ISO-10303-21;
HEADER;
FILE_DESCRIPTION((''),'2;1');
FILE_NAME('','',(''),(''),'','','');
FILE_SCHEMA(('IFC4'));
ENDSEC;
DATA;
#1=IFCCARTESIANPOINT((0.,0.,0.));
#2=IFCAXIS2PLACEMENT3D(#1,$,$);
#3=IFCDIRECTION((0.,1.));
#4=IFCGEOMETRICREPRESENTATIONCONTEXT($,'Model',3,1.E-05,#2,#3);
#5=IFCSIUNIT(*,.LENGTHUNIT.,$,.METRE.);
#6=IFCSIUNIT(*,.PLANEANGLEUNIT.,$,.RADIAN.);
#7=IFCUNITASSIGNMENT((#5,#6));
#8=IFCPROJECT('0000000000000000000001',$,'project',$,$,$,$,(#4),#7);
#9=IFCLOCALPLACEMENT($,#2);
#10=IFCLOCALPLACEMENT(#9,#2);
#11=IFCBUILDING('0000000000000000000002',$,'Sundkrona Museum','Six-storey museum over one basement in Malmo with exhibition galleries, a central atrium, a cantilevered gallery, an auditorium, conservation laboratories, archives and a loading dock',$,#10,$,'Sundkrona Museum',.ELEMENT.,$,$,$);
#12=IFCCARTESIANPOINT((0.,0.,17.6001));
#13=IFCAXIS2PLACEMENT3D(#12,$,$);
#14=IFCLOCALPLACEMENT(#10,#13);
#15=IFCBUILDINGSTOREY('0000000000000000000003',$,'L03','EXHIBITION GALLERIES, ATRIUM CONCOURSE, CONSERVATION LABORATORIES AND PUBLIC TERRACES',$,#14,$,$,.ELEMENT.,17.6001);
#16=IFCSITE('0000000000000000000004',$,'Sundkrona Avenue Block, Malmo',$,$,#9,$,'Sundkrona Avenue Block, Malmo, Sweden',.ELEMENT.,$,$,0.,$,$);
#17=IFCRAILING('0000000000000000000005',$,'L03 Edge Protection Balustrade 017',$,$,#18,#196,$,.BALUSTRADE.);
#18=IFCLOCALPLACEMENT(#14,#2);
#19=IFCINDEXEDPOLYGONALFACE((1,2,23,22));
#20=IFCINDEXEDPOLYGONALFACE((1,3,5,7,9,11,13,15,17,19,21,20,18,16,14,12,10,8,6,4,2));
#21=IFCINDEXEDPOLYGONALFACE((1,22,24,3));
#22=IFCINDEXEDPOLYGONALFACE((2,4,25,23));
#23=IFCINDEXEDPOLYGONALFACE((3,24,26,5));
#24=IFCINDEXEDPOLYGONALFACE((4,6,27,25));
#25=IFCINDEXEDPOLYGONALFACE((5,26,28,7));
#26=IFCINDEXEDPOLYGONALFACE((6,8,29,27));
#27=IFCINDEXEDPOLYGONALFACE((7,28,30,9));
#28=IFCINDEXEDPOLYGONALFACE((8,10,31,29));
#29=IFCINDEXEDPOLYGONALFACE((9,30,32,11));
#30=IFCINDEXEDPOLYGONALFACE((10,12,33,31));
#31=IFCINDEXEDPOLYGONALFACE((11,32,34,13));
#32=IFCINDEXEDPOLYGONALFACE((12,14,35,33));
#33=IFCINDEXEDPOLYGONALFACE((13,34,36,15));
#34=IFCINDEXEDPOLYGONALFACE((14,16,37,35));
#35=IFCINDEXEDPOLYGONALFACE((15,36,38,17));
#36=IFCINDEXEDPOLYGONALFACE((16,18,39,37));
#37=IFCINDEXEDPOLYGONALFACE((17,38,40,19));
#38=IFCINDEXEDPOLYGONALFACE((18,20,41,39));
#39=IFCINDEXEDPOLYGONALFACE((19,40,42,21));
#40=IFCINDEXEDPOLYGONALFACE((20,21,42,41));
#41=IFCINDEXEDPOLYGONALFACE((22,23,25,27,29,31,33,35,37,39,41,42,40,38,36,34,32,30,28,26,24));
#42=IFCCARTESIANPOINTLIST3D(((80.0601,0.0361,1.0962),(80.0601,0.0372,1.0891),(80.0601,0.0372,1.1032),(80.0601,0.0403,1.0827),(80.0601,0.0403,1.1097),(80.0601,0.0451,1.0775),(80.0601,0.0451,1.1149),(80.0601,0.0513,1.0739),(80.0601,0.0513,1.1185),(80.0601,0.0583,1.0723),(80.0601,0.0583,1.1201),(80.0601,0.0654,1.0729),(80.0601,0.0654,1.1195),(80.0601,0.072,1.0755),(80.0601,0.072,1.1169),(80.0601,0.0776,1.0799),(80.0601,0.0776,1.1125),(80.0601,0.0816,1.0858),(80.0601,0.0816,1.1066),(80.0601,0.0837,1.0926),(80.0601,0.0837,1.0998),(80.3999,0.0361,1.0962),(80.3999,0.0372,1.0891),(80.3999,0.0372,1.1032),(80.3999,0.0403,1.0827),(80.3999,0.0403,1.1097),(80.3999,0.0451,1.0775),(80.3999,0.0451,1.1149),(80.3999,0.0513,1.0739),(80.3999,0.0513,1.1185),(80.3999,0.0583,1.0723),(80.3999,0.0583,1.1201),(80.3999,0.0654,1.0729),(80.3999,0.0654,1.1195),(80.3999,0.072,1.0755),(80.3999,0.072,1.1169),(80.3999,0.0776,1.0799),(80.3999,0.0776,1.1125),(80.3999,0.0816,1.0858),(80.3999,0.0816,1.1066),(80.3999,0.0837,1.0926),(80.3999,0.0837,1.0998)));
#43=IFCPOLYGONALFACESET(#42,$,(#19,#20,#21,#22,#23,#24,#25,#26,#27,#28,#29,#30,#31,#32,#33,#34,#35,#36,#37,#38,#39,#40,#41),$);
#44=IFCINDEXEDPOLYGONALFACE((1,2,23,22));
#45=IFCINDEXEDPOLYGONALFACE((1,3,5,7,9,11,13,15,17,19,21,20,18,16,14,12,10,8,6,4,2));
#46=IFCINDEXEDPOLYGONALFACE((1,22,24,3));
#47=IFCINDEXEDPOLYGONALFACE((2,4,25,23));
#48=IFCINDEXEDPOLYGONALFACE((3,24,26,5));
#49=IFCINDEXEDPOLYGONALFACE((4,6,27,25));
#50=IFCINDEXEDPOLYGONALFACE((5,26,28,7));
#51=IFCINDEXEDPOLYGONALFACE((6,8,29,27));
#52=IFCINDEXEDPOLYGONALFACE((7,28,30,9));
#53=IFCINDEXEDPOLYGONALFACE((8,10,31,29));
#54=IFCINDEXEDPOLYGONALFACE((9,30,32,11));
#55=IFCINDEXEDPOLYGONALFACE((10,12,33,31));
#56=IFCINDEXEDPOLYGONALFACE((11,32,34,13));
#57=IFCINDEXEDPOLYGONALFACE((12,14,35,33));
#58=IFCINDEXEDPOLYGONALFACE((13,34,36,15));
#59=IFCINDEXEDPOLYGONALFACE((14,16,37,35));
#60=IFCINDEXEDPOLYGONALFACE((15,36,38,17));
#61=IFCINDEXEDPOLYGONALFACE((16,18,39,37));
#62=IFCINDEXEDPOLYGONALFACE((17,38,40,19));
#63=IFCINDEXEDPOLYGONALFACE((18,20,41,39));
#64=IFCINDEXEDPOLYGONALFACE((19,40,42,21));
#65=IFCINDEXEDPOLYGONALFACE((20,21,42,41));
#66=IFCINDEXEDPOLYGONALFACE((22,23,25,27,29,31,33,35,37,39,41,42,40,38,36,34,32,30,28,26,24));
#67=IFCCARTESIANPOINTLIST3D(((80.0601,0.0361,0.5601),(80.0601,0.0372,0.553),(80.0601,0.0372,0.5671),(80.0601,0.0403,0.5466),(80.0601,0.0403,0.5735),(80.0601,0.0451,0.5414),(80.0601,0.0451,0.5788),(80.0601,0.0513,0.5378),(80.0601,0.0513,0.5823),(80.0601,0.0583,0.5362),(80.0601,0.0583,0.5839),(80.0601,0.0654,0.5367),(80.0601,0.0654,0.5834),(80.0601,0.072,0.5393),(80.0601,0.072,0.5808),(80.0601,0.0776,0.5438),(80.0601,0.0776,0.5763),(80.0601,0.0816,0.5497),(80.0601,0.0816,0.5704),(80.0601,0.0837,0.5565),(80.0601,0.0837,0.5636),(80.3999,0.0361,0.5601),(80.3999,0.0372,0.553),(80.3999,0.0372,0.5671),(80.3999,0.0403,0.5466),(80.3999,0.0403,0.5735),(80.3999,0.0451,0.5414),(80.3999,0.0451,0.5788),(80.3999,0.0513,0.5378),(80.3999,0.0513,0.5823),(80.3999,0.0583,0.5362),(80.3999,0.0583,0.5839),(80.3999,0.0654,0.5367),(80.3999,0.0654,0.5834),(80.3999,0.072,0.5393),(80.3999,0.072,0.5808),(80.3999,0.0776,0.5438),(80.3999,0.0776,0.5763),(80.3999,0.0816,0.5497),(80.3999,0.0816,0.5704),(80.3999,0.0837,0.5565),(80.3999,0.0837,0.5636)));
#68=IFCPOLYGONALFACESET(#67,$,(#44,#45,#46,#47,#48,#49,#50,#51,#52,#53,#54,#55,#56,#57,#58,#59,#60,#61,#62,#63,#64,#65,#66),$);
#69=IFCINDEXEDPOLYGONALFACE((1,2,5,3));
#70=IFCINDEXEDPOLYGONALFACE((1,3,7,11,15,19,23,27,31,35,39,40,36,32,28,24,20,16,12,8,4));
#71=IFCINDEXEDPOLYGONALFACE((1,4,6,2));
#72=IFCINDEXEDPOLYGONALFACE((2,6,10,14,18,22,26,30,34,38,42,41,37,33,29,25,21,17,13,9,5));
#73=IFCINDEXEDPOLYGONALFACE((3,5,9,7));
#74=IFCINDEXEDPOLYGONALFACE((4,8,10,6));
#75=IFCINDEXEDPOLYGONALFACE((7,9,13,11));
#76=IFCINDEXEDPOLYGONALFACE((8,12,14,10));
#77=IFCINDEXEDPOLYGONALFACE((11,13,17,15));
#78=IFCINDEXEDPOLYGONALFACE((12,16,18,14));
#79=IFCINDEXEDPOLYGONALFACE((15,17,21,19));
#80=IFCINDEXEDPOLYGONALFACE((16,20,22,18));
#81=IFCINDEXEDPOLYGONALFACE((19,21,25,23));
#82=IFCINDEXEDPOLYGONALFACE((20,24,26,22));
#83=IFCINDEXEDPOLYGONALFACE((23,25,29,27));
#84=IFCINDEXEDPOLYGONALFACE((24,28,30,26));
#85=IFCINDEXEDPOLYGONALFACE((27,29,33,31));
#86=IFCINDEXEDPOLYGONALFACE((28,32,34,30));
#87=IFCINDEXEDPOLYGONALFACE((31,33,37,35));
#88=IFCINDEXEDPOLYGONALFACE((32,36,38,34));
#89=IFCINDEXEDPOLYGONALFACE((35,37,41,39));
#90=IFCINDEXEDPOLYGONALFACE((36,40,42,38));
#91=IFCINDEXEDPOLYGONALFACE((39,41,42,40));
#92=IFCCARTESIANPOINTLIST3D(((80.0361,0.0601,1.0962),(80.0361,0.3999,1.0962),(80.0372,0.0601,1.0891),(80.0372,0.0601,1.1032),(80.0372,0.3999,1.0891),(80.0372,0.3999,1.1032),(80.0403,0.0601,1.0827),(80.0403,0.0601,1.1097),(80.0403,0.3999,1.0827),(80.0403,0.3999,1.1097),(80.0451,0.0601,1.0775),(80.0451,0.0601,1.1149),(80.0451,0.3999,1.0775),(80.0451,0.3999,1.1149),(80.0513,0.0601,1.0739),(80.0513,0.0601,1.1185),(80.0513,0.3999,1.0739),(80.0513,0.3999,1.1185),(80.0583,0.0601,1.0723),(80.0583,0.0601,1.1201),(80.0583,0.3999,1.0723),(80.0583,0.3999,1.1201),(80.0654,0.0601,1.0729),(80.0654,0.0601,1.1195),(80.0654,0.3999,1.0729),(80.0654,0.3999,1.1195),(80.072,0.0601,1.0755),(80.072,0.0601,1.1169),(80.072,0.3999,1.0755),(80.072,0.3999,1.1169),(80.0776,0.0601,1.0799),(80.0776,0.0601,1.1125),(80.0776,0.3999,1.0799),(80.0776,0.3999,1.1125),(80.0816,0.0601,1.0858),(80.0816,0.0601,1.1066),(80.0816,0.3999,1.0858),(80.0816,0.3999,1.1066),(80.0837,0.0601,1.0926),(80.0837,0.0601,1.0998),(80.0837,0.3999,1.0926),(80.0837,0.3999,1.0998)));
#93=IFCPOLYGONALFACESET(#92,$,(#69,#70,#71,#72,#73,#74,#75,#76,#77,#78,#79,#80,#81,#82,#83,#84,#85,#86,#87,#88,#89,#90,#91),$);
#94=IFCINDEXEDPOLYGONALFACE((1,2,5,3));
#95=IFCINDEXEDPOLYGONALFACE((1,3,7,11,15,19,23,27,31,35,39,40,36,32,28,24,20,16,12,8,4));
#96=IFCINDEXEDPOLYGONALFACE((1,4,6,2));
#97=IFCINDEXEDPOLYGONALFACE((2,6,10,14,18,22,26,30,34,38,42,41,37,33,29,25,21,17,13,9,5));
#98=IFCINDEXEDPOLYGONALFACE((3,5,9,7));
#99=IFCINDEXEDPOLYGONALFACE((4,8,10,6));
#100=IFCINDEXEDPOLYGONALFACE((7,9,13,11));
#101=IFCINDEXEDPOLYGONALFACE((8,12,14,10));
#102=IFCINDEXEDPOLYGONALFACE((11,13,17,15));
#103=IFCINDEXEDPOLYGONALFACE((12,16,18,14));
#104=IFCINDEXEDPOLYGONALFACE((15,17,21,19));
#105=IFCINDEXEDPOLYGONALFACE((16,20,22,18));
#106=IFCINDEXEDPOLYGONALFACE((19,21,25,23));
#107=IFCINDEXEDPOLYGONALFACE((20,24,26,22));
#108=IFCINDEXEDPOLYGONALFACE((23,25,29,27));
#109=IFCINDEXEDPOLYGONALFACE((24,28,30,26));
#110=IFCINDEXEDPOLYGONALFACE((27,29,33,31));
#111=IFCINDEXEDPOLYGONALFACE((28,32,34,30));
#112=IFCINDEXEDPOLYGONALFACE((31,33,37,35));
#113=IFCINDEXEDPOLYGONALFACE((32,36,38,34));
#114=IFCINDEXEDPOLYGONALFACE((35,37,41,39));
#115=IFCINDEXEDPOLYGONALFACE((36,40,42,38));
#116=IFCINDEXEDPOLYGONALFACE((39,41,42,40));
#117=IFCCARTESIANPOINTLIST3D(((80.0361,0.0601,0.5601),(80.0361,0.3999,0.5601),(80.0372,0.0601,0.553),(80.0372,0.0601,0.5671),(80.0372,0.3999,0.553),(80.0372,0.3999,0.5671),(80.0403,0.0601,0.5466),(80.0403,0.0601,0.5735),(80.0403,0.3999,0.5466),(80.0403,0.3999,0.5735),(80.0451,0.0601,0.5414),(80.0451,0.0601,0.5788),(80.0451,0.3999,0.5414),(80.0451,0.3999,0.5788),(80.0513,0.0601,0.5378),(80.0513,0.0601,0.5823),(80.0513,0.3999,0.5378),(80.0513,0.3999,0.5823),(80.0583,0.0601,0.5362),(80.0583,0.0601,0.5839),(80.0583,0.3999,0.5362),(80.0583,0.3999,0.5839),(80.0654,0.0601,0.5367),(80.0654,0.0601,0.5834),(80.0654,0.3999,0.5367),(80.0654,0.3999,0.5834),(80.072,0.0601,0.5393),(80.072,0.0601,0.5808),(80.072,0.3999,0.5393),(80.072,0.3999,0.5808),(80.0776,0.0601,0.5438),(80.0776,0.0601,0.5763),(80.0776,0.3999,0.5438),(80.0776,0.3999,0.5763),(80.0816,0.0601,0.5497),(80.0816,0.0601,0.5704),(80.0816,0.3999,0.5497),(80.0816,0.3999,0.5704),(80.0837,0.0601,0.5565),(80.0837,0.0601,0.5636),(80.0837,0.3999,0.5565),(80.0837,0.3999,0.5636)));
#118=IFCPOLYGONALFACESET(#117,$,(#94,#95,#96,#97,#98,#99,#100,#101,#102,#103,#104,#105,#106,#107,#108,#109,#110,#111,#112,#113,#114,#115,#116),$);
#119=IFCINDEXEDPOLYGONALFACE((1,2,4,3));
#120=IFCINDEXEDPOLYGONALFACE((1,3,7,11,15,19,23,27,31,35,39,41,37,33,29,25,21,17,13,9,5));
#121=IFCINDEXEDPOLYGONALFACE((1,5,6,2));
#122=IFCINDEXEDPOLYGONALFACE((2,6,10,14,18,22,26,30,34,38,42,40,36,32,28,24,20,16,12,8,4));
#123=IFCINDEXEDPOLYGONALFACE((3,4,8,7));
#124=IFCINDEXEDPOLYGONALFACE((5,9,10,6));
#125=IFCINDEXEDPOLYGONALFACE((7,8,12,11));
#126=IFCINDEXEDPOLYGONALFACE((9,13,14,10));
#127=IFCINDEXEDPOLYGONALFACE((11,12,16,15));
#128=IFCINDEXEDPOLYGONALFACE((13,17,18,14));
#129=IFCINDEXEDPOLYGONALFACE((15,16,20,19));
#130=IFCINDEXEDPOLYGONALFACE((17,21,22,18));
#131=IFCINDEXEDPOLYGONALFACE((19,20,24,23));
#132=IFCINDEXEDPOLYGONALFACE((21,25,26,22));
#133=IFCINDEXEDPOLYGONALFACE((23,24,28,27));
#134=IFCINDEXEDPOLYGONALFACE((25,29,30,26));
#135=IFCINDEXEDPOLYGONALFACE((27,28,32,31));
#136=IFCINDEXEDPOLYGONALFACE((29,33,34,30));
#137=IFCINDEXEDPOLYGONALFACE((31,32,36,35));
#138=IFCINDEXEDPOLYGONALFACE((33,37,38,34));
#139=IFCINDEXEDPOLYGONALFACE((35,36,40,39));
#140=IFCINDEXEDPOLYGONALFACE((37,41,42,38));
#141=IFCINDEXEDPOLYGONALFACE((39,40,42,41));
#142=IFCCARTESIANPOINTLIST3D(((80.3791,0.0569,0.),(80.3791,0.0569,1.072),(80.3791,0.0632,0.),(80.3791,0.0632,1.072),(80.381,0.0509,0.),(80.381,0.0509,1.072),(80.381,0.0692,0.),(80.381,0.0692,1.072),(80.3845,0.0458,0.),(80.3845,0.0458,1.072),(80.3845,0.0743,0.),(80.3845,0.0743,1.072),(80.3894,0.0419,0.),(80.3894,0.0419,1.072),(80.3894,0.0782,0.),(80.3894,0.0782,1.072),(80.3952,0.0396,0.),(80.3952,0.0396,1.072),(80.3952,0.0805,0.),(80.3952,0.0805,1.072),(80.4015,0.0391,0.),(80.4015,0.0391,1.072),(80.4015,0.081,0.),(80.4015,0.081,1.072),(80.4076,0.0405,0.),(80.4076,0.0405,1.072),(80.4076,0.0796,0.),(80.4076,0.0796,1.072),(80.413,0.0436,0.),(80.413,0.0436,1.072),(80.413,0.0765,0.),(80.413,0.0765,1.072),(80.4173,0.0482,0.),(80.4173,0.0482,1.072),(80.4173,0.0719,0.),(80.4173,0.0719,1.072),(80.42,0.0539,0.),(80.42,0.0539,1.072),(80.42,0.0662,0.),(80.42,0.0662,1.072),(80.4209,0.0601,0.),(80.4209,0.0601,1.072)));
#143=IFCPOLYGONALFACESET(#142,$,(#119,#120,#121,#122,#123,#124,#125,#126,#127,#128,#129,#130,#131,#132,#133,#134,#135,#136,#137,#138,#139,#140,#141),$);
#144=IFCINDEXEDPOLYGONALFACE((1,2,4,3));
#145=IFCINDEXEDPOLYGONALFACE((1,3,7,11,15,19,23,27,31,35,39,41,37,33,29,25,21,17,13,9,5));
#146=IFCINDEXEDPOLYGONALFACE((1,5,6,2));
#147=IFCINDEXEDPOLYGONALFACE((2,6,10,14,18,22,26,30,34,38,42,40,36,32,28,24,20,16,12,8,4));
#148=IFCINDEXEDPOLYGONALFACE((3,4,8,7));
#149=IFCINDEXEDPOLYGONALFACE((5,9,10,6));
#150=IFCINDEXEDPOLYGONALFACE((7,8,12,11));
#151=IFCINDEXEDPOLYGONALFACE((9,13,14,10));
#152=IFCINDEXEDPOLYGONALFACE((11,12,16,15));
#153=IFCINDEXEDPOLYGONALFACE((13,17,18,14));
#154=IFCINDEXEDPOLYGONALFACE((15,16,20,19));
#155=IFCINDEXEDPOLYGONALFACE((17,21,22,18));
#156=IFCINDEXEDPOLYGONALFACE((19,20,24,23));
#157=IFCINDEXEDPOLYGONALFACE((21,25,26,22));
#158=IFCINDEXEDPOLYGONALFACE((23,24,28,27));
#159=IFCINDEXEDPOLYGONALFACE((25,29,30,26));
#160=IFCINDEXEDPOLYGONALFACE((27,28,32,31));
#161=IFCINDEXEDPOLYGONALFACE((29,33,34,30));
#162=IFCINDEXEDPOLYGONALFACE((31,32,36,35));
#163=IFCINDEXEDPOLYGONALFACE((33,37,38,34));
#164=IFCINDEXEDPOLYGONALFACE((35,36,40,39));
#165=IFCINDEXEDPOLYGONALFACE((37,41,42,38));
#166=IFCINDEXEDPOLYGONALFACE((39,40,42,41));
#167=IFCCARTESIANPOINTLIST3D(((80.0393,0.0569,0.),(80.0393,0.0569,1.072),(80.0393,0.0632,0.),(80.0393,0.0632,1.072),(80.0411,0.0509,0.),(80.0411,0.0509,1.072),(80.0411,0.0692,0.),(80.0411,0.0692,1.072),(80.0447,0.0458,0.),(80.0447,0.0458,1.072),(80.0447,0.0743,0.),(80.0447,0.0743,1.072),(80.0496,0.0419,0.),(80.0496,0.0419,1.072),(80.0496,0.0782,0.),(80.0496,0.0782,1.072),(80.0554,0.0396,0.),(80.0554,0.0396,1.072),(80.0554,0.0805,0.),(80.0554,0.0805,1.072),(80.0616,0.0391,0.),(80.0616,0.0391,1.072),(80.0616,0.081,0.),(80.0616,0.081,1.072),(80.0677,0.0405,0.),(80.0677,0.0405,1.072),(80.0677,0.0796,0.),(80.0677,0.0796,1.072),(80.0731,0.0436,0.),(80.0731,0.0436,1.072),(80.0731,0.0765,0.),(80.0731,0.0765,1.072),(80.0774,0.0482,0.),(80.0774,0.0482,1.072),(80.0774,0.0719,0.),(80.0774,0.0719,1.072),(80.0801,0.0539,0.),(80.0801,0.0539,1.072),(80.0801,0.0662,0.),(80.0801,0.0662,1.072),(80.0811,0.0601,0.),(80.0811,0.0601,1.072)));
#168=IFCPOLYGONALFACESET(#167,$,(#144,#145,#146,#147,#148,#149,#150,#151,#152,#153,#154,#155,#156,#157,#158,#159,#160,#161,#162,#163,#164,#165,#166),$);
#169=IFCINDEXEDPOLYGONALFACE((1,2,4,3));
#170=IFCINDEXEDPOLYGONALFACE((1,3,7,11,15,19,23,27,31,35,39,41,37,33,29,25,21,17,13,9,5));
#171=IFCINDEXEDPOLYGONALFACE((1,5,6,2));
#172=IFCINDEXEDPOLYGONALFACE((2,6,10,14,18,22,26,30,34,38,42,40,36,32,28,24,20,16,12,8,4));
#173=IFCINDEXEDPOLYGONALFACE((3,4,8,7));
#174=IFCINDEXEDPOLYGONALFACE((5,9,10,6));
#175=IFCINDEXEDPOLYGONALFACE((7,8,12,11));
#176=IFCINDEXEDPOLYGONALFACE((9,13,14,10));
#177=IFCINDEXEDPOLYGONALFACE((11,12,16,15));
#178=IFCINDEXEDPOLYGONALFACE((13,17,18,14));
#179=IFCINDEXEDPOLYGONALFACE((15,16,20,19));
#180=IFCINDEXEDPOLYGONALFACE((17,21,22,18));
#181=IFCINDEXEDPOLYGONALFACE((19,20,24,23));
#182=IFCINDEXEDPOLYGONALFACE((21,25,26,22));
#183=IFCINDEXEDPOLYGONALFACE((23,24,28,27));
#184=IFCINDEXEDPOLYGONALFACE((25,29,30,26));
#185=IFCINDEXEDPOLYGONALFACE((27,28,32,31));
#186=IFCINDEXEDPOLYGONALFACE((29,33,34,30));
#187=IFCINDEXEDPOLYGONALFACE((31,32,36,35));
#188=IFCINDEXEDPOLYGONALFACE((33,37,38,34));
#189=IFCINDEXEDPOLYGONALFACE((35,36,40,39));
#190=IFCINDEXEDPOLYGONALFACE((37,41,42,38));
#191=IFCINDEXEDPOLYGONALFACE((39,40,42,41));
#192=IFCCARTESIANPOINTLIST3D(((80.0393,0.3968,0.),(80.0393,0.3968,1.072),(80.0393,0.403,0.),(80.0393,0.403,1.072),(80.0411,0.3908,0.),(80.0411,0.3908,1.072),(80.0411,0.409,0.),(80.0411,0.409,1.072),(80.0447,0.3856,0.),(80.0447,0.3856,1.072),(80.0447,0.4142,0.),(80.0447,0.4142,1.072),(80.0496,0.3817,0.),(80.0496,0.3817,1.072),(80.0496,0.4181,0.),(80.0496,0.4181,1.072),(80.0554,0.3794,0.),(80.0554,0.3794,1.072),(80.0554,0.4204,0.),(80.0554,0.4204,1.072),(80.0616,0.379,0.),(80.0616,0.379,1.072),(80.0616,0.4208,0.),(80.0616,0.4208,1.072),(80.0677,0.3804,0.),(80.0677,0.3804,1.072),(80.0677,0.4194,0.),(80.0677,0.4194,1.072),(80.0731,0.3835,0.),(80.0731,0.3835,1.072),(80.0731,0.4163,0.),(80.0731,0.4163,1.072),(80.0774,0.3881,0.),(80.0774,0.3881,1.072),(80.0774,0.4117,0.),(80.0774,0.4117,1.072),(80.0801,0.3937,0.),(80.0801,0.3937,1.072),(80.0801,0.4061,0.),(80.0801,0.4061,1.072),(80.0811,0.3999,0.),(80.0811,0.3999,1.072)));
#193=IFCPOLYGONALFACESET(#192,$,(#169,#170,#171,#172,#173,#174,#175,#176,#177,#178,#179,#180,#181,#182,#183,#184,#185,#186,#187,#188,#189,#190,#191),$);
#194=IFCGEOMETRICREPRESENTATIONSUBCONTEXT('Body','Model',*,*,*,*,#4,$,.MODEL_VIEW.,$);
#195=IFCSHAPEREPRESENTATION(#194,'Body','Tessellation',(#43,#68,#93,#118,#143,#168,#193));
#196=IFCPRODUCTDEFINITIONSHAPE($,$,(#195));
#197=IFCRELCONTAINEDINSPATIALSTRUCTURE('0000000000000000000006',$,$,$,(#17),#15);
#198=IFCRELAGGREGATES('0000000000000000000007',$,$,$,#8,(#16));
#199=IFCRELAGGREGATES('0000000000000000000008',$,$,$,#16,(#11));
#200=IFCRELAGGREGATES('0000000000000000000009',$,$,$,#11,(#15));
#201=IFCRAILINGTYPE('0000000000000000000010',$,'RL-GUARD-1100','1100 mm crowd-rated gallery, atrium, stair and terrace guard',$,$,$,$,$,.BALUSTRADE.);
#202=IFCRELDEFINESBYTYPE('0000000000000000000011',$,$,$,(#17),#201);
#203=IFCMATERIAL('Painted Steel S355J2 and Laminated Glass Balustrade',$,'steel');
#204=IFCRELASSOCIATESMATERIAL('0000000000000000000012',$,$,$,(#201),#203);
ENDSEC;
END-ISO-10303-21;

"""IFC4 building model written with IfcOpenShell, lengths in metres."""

from ifc_helpers import new_model, si_unit, direction, frame, origin, origin_2d, place, context, subcontext, project, spatial, circle, extrude, material, type_object, element, save


model = new_model("IFC4")

# Units and contexts
model_context = context("Model", 3, precision=1e-05, world=origin(), true_north=direction((0.0, 1.0)))
body_context = subcontext(model_context, "Body", "Model", "MODEL_VIEW")
ifc_project = project(units=[si_unit("LENGTHUNIT", "METRE"), si_unit("PLANEANGLEUNIT", "RADIAN")], contexts=[model_context])

# Site, building, storey
site_placement = place(None, origin())
site = spatial("IfcSite", under=ifc_project, at=site_placement, Name="Sundkrona Avenue Block, Malmo", LongName="Sundkrona Avenue Block, Malmo, Sweden", CompositionType="ELEMENT", RefElevation=0.0)
building_placement = place(site_placement, origin())
building = spatial("IfcBuilding", under=site, at=building_placement, Name="Sundkrona Museum", Description="Six-storey museum over one basement in Malmo with exhibition galleries, a central atrium, a cantilevered gallery, an auditorium, conservation laboratories, archives and a loading dock", LongName="Sundkrona Museum", CompositionType="ELEMENT")
storey_placement = place(building_placement, frame((0.0, 0.0, 17.6001)))
storey = spatial("IfcBuildingStorey", under=building, at=storey_placement, Name="L03", Description="EXHIBITION GALLERIES, ATRIUM CONCOURSE, CONSERVATION LABORATORIES AND PUBLIC TERRACES", CompositionType="ELEMENT", Elevation=17.6001)

# Railing
ifc_material_1 = material(Name="Painted Steel S355J2 and Laminated Glass Balustrade", Category="steel")
railing_type_1 = type_object("IfcRailingType", Name="RL-GUARD-1100", Description="1100 mm crowd-rated gallery, atrium, stair and terrace guard", PredefinedType="BALUSTRADE", material=ifc_material_1)
railing_1_placement = place(storey_placement, frame((80.3999, 0.0601, 0.0)))
element("IfcRailing", 1, at=railing_1_placement, inside=storey, type_object=railing_type_1, Name="L03 Edge Protection Balustrade 017", PredefinedType="BALUSTRADE", context=body_context, shape_type="SweptSolid", body=[
    extrude(circle(Radius=0.0239, at=origin_2d()), frame((0.0, 0.0, 1.0962), z_axis=(-1.0, 0.0, 0.0), x_axis=(0.0, -1.0, 0.0)), (0.0, 0.0, 1.0), 0.3398),
    extrude(circle(Radius=0.0239, at=origin_2d()), frame((0.0, 0.0, 0.5601), z_axis=(-1.0, 0.0, 0.0), x_axis=(0.0, -1.0, 0.0)), (0.0, 0.0, 1.0), 0.3398),
    extrude(circle(Radius=0.0239, at=origin_2d()), frame((-0.3398, 0.0, 1.0962), z_axis=(0.0, 1.0, 0.0), x_axis=(-1.0, 0.0, 0.0)), (0.0, 0.0, 1.0), 0.3398),
    extrude(circle(Radius=0.0239, at=origin_2d()), frame((-0.3398, 0.0, 0.5601), z_axis=(0.0, 1.0, 0.0), x_axis=(-1.0, 0.0, 0.0)), (0.0, 0.0, 1.0), 0.3398),
    extrude(circle(Radius=0.021, at=origin_2d()), origin(), (0.0, 0.0, 1.0), 1.072),
    extrude(circle(Radius=0.021, at=origin_2d()), frame((-0.3398, 0.0, 0.0)), (0.0, 0.0, 1.0), 1.072),
    extrude(circle(Radius=0.021, at=origin_2d()), frame((-0.3398, 0.3398, 0.0)), (0.0, 0.0, 1.0), 1.072),
])

save(model, "model.ifc")
